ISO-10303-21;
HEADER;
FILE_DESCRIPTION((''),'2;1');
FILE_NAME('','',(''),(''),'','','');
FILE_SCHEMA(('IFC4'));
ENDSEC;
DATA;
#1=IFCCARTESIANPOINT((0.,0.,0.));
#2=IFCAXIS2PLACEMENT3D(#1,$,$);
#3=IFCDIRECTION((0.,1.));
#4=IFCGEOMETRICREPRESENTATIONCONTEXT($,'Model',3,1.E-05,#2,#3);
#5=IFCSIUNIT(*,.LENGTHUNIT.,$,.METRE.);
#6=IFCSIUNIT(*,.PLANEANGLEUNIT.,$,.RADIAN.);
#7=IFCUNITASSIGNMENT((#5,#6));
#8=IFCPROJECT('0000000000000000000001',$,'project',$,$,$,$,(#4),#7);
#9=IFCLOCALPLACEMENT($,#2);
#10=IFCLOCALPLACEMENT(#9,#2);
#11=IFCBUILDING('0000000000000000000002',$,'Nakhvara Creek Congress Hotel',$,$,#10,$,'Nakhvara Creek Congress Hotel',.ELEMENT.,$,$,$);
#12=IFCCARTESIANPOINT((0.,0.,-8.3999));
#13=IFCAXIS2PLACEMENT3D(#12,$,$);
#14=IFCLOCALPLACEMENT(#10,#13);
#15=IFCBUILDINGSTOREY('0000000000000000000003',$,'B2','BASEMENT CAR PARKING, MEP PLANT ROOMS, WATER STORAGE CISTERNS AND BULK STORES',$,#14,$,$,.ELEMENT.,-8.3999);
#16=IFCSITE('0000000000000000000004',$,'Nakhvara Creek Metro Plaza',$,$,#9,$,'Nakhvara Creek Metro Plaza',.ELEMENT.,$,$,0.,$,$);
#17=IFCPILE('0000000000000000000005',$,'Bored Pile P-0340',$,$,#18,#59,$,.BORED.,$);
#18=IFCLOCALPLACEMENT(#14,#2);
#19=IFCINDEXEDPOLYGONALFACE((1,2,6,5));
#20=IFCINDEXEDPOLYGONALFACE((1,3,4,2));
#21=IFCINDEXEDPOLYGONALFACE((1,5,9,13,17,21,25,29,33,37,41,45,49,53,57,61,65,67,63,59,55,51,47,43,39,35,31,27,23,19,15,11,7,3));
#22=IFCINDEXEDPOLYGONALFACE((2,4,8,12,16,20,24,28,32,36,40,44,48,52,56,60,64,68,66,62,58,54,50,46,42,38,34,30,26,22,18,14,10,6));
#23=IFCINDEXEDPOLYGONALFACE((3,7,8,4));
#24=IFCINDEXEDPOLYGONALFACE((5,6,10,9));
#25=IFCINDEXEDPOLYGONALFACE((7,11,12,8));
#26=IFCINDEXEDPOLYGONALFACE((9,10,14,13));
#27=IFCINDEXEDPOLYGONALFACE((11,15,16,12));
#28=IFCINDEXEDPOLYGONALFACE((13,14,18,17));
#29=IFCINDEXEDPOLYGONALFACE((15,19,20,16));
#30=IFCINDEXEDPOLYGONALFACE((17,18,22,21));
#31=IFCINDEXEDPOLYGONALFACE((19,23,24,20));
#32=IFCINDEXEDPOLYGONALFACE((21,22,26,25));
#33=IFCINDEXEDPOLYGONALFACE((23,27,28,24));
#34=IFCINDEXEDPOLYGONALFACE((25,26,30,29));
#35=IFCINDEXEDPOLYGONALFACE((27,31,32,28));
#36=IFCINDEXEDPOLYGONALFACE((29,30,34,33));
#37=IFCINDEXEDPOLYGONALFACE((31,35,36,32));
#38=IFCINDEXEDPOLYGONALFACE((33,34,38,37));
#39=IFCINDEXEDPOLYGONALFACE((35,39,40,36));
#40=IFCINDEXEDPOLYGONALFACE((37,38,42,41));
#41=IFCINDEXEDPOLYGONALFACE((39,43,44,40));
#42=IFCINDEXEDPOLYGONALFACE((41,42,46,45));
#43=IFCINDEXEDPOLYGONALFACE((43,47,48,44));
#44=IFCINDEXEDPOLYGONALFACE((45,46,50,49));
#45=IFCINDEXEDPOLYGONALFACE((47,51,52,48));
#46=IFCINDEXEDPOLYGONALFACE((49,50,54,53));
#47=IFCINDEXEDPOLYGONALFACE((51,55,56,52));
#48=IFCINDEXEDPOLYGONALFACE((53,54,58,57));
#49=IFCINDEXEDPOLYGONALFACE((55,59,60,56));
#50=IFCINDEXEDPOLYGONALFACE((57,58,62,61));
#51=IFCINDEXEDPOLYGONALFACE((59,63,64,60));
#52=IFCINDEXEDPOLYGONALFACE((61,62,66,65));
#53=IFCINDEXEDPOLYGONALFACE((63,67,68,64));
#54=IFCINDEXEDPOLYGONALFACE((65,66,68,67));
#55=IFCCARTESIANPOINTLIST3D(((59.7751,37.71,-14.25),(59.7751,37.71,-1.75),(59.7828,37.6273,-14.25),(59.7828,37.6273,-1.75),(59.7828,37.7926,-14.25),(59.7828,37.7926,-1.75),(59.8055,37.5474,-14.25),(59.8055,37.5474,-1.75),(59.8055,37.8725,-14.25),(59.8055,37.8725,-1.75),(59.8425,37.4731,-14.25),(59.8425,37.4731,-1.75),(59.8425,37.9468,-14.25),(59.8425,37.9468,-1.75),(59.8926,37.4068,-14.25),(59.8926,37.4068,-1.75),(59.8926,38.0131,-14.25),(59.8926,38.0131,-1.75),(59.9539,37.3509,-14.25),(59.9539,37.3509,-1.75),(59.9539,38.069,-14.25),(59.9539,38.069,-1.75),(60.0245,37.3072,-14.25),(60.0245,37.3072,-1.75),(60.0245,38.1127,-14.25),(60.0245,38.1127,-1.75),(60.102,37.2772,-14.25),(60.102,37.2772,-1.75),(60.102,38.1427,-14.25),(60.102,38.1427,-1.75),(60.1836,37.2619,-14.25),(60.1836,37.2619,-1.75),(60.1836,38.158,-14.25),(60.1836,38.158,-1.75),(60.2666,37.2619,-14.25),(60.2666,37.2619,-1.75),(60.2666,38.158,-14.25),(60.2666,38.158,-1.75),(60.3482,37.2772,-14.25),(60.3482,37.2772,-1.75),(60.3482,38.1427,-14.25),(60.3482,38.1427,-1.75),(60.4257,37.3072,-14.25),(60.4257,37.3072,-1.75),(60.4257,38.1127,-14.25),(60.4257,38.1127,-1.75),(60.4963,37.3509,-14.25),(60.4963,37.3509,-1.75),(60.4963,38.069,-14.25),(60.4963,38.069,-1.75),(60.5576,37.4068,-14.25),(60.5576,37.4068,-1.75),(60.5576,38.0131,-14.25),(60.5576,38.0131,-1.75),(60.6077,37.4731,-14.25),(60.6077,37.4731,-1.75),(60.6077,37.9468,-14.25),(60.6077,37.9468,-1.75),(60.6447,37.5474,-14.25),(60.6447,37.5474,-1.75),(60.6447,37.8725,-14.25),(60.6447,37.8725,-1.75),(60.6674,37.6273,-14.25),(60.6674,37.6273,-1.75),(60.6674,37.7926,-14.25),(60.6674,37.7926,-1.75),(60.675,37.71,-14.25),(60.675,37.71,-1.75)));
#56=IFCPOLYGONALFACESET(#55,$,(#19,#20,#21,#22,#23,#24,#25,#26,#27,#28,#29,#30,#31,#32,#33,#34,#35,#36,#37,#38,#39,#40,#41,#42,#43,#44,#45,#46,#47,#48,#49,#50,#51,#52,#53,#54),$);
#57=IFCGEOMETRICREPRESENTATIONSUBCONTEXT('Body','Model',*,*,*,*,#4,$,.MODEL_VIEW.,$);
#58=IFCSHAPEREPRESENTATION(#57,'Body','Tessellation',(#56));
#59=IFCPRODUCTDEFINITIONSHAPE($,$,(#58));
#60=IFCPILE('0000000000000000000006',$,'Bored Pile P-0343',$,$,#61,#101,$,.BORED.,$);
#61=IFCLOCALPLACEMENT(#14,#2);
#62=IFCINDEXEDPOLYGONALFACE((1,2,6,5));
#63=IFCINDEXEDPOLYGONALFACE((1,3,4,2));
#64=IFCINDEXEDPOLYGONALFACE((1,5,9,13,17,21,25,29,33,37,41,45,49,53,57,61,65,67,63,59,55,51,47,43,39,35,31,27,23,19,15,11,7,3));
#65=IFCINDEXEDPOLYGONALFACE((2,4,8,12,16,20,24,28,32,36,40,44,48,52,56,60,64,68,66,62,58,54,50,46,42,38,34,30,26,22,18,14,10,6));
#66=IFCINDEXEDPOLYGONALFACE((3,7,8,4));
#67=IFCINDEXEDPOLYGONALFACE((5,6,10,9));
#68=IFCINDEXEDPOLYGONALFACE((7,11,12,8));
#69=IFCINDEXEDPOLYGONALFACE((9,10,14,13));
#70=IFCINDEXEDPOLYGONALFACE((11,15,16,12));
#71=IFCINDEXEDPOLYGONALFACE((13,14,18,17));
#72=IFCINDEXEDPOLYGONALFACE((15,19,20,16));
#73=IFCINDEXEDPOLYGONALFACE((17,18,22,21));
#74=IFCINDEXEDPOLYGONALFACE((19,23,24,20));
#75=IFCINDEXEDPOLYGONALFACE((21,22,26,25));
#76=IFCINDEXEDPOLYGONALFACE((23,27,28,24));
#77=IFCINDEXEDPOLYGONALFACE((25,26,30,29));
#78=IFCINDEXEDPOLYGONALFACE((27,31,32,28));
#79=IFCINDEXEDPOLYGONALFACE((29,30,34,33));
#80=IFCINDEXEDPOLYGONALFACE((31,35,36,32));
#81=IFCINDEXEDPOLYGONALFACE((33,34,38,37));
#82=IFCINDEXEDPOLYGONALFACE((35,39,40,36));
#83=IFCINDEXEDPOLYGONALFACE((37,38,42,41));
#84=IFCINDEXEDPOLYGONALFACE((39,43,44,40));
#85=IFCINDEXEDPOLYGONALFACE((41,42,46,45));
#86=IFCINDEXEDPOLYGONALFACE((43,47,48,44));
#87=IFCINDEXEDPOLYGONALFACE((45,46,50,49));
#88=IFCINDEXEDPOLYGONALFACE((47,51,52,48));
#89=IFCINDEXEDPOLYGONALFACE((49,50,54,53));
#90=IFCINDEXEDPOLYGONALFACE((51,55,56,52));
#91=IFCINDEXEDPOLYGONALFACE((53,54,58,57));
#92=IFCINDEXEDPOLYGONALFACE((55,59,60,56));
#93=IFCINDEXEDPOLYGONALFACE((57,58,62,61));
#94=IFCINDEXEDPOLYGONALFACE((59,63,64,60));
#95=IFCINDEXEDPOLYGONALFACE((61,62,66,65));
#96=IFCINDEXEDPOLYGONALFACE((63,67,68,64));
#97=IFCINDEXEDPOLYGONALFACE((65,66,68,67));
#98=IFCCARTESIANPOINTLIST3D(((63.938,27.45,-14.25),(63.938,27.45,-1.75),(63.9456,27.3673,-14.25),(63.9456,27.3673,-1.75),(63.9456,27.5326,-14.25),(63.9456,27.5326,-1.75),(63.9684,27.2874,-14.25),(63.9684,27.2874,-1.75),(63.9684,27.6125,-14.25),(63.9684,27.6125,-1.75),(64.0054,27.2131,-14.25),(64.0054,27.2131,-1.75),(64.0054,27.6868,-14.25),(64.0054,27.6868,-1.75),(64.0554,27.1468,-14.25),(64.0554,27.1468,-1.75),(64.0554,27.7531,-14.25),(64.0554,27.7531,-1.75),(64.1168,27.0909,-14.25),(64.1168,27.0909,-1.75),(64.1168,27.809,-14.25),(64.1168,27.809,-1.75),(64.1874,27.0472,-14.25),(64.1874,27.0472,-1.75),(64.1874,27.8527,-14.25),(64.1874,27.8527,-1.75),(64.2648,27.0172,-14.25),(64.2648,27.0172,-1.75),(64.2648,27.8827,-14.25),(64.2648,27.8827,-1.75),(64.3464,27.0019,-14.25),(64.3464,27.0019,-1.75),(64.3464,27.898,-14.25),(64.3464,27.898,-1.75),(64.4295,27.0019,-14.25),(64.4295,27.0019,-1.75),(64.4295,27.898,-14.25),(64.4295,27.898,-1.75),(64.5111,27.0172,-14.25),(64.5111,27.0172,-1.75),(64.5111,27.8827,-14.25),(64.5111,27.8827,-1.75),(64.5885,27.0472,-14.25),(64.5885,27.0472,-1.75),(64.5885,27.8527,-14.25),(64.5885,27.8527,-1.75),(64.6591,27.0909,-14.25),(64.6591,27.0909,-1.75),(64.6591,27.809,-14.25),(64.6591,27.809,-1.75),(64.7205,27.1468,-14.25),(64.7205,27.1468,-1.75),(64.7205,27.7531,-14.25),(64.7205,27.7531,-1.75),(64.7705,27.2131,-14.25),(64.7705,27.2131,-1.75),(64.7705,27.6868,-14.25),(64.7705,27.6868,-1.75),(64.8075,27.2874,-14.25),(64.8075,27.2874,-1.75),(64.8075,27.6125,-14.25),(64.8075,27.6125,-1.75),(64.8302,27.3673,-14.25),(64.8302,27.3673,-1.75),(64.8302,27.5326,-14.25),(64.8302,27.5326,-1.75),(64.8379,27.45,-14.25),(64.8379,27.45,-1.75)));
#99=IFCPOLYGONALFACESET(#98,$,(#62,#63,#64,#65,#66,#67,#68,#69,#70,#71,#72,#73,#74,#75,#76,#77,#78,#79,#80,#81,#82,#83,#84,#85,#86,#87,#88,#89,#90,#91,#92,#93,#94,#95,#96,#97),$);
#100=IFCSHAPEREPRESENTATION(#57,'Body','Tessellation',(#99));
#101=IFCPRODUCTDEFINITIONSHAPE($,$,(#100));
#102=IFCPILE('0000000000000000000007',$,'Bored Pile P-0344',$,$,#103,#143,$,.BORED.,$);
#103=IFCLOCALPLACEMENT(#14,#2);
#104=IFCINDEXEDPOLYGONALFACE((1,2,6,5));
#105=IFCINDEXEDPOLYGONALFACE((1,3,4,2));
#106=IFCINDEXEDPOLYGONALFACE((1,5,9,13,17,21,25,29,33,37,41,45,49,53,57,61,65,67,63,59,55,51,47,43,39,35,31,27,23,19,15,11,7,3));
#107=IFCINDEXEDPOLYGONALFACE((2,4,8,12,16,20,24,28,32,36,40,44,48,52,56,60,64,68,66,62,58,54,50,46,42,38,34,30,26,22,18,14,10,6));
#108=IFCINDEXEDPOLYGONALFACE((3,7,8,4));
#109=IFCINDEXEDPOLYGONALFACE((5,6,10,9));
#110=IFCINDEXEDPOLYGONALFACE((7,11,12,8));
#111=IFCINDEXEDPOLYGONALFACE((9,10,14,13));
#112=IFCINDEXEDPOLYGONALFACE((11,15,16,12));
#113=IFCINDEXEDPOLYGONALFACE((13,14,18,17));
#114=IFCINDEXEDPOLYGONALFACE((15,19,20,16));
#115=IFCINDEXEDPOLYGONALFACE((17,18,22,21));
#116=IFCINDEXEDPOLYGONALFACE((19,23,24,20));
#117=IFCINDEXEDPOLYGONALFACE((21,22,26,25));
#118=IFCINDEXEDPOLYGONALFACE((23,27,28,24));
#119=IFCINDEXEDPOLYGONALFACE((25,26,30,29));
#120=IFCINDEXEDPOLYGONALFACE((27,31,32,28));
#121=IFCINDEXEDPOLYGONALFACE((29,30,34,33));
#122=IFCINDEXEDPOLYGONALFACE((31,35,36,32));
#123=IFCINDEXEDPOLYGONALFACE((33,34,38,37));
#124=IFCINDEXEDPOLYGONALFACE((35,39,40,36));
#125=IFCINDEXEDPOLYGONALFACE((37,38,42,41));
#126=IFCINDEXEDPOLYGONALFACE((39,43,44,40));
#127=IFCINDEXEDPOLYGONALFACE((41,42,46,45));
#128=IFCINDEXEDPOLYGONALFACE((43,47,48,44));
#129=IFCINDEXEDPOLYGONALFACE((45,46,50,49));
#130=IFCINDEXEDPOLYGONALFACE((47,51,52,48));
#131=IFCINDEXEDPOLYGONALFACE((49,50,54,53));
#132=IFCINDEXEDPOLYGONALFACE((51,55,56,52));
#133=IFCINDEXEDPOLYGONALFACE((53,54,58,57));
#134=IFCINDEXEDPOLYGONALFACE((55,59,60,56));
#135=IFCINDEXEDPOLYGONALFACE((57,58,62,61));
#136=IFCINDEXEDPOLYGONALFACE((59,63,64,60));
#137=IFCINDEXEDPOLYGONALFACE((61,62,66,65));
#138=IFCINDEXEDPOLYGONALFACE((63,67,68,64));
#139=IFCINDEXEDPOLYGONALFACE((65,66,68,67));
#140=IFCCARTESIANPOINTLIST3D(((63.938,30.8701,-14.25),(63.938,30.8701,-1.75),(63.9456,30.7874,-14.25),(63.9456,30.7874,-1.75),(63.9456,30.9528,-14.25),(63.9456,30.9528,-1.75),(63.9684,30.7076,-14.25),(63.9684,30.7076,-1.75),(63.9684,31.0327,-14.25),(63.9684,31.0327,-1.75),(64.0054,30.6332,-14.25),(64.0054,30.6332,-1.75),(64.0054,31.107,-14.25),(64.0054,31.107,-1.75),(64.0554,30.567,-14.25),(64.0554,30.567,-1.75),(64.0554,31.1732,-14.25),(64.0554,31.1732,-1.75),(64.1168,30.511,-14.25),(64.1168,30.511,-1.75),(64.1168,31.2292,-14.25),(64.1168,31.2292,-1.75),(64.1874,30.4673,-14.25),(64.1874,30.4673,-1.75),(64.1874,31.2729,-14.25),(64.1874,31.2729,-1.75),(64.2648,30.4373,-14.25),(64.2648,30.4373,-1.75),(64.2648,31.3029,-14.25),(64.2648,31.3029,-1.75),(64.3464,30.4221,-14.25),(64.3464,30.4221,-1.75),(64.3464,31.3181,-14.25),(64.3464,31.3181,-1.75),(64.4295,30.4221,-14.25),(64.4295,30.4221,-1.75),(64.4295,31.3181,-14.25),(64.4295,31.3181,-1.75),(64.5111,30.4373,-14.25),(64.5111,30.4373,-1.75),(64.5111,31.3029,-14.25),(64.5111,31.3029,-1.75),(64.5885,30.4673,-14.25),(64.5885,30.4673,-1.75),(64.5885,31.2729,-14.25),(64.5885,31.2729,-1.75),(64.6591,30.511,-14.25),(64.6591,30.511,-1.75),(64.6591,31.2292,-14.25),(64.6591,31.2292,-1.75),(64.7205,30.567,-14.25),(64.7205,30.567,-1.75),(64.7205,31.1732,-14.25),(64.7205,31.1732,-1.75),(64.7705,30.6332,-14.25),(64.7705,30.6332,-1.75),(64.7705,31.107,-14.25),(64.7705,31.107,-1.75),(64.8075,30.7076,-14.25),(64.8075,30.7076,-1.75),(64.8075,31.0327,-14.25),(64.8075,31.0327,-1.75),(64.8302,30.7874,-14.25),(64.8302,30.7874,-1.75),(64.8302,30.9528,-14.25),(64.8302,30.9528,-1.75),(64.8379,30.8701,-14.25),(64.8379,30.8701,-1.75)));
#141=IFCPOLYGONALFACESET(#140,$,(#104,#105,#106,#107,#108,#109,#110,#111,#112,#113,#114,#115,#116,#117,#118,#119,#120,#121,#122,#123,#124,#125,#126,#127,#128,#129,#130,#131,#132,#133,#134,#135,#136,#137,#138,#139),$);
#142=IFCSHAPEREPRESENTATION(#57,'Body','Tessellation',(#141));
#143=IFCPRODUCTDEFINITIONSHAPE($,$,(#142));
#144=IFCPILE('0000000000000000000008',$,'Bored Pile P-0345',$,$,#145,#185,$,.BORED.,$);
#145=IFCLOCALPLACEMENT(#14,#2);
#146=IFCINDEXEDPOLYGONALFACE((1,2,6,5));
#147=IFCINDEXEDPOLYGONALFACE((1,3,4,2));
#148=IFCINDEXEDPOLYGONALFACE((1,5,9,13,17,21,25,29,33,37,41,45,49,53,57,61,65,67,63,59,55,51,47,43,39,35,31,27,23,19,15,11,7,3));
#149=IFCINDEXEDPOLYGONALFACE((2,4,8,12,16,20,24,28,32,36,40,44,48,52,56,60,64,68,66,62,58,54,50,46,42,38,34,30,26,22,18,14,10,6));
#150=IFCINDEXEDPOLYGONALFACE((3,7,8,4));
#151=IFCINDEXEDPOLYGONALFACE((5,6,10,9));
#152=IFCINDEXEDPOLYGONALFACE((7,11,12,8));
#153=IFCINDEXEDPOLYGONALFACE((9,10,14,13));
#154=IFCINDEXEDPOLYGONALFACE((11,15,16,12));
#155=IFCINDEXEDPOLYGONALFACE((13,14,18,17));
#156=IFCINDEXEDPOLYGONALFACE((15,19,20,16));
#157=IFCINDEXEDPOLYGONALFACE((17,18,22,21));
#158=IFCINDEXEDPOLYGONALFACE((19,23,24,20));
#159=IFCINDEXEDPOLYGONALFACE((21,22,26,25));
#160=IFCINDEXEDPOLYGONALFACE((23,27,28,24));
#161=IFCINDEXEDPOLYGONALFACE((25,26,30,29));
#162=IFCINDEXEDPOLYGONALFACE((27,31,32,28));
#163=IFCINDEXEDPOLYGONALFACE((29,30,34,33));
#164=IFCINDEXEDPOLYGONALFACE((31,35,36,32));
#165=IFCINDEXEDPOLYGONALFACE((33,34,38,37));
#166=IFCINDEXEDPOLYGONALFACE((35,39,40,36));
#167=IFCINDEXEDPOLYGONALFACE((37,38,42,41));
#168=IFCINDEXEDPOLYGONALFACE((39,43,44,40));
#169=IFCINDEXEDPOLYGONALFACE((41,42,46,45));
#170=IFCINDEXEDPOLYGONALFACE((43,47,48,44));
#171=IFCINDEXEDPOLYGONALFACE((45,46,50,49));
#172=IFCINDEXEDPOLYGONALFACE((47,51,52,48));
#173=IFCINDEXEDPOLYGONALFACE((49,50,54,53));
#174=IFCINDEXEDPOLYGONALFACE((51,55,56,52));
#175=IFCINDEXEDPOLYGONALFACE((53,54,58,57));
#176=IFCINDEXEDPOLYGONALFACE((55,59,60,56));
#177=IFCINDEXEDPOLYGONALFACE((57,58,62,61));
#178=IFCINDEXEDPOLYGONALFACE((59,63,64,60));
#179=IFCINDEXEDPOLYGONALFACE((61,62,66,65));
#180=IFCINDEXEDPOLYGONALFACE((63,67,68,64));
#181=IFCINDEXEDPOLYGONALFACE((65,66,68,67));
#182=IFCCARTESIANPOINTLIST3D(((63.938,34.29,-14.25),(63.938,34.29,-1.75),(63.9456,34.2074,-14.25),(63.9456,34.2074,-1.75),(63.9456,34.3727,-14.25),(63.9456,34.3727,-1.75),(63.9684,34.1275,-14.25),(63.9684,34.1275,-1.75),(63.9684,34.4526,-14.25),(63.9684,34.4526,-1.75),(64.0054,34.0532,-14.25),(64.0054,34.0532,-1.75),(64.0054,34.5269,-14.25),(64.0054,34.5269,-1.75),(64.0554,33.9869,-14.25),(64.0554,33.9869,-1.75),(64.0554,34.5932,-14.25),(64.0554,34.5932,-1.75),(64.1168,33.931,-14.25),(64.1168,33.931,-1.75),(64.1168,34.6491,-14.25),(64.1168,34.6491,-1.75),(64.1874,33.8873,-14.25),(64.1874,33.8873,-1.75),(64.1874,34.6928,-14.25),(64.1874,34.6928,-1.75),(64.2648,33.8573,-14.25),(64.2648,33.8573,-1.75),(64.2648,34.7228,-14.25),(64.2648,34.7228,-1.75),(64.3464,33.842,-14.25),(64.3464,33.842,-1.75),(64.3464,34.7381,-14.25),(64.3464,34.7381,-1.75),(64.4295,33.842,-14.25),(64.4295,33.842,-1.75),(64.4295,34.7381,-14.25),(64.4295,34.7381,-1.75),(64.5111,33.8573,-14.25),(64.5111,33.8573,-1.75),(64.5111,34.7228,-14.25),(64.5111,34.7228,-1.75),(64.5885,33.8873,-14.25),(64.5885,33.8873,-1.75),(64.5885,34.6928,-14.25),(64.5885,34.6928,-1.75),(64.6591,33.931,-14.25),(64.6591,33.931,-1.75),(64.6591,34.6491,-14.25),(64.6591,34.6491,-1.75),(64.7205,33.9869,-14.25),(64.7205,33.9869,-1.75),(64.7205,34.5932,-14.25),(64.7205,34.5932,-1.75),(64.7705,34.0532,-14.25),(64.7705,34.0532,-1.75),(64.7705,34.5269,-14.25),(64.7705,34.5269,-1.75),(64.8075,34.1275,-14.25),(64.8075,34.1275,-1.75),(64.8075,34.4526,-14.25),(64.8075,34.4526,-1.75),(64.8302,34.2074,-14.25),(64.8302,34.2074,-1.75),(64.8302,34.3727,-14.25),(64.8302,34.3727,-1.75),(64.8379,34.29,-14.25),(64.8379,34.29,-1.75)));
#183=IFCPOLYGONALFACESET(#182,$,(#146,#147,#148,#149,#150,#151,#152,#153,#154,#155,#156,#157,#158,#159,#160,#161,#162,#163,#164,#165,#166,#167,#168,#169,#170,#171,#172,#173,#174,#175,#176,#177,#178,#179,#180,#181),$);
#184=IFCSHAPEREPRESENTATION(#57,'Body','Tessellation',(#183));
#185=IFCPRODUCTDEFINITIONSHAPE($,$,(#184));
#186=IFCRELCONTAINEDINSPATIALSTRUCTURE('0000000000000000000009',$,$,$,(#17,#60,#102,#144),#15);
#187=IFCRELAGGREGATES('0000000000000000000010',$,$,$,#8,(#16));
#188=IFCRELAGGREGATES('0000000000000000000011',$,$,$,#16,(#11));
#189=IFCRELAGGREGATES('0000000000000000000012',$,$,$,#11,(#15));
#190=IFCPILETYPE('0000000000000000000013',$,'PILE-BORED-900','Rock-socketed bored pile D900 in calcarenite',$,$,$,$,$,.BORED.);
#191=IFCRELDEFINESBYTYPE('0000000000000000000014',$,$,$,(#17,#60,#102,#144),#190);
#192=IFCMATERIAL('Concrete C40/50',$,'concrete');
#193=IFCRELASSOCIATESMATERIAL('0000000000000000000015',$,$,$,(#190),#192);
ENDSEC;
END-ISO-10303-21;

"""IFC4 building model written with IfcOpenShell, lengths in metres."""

from ifc_helpers import new_model, si_unit, direction, frame, origin, origin_2d, place, context, subcontext, project, spatial, circle, extrude, material, material_profile, profile_set, type_object, element, save


model = new_model("IFC4")

# Units and contexts
model_context = context("Model", 3, precision=1e-05, world=origin(), true_north=direction((0.0, 1.0)))
body_context = subcontext(model_context, "Body", "Model", "MODEL_VIEW")
ifc_project = project(units=[si_unit("LENGTHUNIT", "METRE"), si_unit("PLANEANGLEUNIT", "RADIAN")], contexts=[model_context])

# Site, building, storey
site_placement = place(None, origin())
site = spatial("IfcSite", under=ifc_project, at=site_placement, Name="Nakhvara Creek Metro Plaza", LongName="Nakhvara Creek Metro Plaza", CompositionType="ELEMENT", RefElevation=0.0)
building_placement = place(site_placement, origin())
building = spatial("IfcBuilding", under=site, at=building_placement, Name="Nakhvara Creek Congress Hotel", LongName="Nakhvara Creek Congress Hotel", CompositionType="ELEMENT")
storey_placement = place(building_placement, frame((0.0, 0.0, -8.3999)))
storey = spatial("IfcBuildingStorey", under=building, at=storey_placement, Name="B2", Description="BASEMENT CAR PARKING, MEP PLANT ROOMS, WATER STORAGE CISTERNS AND BULK STORES", CompositionType="ELEMENT", Elevation=-8.3999)

# Shared definitions
ifc_material_1 = material(Name="Concrete C40/50", Category="concrete")

# Piles
ifc_material_profile_1 = material_profile(ifc_material_1, circle(Radius=0.45, at=origin_2d()), Name="BORED PILE D900", Category="LoadBearing")
ifc_profile_set_1 = profile_set([ifc_material_profile_1], Name="Concrete C40/50")
pile_type = type_object("IfcPileType", Name="PILE-BORED-900", Description="Rock-socketed bored pile D900 in calcarenite", PredefinedType="BORED", material=ifc_profile_set_1)
for number, where, z_axis, x_axis, name in (
    (1, (60.2251, 37.71, -1.75), (0.0, 0.0, -1.0), (1.0, 0.0, 0.0), "Bored Pile P-0340"),
    (2, (64.3879, 27.45, -1.75), (0.0, 0.0, -1.0), (1.0, 0.0, 0.0), "Bored Pile P-0343"),
    (3, (64.3879, 30.8701, -1.75), (0.0, 0.0, -1.0), (1.0, 0.0, 0.0), "Bored Pile P-0344"),
    (4, (64.3879, 34.29, -1.75), (0.0, 0.0, -1.0), (1.0, 0.0, 0.0), "Bored Pile P-0345"),
):
    element("IfcPile", number, at=place(storey_placement, frame(where, z_axis=z_axis, x_axis=x_axis)), inside=storey, type_object=pile_type, Name=name, PredefinedType="BORED", context=body_context, shape_type="SweptSolid", body=[
        extrude(circle(Radius=0.45, at=origin_2d()), origin(), (0.0, 0.0, 1.0), 12.5),
    ])

save(model, "model.ifc")
